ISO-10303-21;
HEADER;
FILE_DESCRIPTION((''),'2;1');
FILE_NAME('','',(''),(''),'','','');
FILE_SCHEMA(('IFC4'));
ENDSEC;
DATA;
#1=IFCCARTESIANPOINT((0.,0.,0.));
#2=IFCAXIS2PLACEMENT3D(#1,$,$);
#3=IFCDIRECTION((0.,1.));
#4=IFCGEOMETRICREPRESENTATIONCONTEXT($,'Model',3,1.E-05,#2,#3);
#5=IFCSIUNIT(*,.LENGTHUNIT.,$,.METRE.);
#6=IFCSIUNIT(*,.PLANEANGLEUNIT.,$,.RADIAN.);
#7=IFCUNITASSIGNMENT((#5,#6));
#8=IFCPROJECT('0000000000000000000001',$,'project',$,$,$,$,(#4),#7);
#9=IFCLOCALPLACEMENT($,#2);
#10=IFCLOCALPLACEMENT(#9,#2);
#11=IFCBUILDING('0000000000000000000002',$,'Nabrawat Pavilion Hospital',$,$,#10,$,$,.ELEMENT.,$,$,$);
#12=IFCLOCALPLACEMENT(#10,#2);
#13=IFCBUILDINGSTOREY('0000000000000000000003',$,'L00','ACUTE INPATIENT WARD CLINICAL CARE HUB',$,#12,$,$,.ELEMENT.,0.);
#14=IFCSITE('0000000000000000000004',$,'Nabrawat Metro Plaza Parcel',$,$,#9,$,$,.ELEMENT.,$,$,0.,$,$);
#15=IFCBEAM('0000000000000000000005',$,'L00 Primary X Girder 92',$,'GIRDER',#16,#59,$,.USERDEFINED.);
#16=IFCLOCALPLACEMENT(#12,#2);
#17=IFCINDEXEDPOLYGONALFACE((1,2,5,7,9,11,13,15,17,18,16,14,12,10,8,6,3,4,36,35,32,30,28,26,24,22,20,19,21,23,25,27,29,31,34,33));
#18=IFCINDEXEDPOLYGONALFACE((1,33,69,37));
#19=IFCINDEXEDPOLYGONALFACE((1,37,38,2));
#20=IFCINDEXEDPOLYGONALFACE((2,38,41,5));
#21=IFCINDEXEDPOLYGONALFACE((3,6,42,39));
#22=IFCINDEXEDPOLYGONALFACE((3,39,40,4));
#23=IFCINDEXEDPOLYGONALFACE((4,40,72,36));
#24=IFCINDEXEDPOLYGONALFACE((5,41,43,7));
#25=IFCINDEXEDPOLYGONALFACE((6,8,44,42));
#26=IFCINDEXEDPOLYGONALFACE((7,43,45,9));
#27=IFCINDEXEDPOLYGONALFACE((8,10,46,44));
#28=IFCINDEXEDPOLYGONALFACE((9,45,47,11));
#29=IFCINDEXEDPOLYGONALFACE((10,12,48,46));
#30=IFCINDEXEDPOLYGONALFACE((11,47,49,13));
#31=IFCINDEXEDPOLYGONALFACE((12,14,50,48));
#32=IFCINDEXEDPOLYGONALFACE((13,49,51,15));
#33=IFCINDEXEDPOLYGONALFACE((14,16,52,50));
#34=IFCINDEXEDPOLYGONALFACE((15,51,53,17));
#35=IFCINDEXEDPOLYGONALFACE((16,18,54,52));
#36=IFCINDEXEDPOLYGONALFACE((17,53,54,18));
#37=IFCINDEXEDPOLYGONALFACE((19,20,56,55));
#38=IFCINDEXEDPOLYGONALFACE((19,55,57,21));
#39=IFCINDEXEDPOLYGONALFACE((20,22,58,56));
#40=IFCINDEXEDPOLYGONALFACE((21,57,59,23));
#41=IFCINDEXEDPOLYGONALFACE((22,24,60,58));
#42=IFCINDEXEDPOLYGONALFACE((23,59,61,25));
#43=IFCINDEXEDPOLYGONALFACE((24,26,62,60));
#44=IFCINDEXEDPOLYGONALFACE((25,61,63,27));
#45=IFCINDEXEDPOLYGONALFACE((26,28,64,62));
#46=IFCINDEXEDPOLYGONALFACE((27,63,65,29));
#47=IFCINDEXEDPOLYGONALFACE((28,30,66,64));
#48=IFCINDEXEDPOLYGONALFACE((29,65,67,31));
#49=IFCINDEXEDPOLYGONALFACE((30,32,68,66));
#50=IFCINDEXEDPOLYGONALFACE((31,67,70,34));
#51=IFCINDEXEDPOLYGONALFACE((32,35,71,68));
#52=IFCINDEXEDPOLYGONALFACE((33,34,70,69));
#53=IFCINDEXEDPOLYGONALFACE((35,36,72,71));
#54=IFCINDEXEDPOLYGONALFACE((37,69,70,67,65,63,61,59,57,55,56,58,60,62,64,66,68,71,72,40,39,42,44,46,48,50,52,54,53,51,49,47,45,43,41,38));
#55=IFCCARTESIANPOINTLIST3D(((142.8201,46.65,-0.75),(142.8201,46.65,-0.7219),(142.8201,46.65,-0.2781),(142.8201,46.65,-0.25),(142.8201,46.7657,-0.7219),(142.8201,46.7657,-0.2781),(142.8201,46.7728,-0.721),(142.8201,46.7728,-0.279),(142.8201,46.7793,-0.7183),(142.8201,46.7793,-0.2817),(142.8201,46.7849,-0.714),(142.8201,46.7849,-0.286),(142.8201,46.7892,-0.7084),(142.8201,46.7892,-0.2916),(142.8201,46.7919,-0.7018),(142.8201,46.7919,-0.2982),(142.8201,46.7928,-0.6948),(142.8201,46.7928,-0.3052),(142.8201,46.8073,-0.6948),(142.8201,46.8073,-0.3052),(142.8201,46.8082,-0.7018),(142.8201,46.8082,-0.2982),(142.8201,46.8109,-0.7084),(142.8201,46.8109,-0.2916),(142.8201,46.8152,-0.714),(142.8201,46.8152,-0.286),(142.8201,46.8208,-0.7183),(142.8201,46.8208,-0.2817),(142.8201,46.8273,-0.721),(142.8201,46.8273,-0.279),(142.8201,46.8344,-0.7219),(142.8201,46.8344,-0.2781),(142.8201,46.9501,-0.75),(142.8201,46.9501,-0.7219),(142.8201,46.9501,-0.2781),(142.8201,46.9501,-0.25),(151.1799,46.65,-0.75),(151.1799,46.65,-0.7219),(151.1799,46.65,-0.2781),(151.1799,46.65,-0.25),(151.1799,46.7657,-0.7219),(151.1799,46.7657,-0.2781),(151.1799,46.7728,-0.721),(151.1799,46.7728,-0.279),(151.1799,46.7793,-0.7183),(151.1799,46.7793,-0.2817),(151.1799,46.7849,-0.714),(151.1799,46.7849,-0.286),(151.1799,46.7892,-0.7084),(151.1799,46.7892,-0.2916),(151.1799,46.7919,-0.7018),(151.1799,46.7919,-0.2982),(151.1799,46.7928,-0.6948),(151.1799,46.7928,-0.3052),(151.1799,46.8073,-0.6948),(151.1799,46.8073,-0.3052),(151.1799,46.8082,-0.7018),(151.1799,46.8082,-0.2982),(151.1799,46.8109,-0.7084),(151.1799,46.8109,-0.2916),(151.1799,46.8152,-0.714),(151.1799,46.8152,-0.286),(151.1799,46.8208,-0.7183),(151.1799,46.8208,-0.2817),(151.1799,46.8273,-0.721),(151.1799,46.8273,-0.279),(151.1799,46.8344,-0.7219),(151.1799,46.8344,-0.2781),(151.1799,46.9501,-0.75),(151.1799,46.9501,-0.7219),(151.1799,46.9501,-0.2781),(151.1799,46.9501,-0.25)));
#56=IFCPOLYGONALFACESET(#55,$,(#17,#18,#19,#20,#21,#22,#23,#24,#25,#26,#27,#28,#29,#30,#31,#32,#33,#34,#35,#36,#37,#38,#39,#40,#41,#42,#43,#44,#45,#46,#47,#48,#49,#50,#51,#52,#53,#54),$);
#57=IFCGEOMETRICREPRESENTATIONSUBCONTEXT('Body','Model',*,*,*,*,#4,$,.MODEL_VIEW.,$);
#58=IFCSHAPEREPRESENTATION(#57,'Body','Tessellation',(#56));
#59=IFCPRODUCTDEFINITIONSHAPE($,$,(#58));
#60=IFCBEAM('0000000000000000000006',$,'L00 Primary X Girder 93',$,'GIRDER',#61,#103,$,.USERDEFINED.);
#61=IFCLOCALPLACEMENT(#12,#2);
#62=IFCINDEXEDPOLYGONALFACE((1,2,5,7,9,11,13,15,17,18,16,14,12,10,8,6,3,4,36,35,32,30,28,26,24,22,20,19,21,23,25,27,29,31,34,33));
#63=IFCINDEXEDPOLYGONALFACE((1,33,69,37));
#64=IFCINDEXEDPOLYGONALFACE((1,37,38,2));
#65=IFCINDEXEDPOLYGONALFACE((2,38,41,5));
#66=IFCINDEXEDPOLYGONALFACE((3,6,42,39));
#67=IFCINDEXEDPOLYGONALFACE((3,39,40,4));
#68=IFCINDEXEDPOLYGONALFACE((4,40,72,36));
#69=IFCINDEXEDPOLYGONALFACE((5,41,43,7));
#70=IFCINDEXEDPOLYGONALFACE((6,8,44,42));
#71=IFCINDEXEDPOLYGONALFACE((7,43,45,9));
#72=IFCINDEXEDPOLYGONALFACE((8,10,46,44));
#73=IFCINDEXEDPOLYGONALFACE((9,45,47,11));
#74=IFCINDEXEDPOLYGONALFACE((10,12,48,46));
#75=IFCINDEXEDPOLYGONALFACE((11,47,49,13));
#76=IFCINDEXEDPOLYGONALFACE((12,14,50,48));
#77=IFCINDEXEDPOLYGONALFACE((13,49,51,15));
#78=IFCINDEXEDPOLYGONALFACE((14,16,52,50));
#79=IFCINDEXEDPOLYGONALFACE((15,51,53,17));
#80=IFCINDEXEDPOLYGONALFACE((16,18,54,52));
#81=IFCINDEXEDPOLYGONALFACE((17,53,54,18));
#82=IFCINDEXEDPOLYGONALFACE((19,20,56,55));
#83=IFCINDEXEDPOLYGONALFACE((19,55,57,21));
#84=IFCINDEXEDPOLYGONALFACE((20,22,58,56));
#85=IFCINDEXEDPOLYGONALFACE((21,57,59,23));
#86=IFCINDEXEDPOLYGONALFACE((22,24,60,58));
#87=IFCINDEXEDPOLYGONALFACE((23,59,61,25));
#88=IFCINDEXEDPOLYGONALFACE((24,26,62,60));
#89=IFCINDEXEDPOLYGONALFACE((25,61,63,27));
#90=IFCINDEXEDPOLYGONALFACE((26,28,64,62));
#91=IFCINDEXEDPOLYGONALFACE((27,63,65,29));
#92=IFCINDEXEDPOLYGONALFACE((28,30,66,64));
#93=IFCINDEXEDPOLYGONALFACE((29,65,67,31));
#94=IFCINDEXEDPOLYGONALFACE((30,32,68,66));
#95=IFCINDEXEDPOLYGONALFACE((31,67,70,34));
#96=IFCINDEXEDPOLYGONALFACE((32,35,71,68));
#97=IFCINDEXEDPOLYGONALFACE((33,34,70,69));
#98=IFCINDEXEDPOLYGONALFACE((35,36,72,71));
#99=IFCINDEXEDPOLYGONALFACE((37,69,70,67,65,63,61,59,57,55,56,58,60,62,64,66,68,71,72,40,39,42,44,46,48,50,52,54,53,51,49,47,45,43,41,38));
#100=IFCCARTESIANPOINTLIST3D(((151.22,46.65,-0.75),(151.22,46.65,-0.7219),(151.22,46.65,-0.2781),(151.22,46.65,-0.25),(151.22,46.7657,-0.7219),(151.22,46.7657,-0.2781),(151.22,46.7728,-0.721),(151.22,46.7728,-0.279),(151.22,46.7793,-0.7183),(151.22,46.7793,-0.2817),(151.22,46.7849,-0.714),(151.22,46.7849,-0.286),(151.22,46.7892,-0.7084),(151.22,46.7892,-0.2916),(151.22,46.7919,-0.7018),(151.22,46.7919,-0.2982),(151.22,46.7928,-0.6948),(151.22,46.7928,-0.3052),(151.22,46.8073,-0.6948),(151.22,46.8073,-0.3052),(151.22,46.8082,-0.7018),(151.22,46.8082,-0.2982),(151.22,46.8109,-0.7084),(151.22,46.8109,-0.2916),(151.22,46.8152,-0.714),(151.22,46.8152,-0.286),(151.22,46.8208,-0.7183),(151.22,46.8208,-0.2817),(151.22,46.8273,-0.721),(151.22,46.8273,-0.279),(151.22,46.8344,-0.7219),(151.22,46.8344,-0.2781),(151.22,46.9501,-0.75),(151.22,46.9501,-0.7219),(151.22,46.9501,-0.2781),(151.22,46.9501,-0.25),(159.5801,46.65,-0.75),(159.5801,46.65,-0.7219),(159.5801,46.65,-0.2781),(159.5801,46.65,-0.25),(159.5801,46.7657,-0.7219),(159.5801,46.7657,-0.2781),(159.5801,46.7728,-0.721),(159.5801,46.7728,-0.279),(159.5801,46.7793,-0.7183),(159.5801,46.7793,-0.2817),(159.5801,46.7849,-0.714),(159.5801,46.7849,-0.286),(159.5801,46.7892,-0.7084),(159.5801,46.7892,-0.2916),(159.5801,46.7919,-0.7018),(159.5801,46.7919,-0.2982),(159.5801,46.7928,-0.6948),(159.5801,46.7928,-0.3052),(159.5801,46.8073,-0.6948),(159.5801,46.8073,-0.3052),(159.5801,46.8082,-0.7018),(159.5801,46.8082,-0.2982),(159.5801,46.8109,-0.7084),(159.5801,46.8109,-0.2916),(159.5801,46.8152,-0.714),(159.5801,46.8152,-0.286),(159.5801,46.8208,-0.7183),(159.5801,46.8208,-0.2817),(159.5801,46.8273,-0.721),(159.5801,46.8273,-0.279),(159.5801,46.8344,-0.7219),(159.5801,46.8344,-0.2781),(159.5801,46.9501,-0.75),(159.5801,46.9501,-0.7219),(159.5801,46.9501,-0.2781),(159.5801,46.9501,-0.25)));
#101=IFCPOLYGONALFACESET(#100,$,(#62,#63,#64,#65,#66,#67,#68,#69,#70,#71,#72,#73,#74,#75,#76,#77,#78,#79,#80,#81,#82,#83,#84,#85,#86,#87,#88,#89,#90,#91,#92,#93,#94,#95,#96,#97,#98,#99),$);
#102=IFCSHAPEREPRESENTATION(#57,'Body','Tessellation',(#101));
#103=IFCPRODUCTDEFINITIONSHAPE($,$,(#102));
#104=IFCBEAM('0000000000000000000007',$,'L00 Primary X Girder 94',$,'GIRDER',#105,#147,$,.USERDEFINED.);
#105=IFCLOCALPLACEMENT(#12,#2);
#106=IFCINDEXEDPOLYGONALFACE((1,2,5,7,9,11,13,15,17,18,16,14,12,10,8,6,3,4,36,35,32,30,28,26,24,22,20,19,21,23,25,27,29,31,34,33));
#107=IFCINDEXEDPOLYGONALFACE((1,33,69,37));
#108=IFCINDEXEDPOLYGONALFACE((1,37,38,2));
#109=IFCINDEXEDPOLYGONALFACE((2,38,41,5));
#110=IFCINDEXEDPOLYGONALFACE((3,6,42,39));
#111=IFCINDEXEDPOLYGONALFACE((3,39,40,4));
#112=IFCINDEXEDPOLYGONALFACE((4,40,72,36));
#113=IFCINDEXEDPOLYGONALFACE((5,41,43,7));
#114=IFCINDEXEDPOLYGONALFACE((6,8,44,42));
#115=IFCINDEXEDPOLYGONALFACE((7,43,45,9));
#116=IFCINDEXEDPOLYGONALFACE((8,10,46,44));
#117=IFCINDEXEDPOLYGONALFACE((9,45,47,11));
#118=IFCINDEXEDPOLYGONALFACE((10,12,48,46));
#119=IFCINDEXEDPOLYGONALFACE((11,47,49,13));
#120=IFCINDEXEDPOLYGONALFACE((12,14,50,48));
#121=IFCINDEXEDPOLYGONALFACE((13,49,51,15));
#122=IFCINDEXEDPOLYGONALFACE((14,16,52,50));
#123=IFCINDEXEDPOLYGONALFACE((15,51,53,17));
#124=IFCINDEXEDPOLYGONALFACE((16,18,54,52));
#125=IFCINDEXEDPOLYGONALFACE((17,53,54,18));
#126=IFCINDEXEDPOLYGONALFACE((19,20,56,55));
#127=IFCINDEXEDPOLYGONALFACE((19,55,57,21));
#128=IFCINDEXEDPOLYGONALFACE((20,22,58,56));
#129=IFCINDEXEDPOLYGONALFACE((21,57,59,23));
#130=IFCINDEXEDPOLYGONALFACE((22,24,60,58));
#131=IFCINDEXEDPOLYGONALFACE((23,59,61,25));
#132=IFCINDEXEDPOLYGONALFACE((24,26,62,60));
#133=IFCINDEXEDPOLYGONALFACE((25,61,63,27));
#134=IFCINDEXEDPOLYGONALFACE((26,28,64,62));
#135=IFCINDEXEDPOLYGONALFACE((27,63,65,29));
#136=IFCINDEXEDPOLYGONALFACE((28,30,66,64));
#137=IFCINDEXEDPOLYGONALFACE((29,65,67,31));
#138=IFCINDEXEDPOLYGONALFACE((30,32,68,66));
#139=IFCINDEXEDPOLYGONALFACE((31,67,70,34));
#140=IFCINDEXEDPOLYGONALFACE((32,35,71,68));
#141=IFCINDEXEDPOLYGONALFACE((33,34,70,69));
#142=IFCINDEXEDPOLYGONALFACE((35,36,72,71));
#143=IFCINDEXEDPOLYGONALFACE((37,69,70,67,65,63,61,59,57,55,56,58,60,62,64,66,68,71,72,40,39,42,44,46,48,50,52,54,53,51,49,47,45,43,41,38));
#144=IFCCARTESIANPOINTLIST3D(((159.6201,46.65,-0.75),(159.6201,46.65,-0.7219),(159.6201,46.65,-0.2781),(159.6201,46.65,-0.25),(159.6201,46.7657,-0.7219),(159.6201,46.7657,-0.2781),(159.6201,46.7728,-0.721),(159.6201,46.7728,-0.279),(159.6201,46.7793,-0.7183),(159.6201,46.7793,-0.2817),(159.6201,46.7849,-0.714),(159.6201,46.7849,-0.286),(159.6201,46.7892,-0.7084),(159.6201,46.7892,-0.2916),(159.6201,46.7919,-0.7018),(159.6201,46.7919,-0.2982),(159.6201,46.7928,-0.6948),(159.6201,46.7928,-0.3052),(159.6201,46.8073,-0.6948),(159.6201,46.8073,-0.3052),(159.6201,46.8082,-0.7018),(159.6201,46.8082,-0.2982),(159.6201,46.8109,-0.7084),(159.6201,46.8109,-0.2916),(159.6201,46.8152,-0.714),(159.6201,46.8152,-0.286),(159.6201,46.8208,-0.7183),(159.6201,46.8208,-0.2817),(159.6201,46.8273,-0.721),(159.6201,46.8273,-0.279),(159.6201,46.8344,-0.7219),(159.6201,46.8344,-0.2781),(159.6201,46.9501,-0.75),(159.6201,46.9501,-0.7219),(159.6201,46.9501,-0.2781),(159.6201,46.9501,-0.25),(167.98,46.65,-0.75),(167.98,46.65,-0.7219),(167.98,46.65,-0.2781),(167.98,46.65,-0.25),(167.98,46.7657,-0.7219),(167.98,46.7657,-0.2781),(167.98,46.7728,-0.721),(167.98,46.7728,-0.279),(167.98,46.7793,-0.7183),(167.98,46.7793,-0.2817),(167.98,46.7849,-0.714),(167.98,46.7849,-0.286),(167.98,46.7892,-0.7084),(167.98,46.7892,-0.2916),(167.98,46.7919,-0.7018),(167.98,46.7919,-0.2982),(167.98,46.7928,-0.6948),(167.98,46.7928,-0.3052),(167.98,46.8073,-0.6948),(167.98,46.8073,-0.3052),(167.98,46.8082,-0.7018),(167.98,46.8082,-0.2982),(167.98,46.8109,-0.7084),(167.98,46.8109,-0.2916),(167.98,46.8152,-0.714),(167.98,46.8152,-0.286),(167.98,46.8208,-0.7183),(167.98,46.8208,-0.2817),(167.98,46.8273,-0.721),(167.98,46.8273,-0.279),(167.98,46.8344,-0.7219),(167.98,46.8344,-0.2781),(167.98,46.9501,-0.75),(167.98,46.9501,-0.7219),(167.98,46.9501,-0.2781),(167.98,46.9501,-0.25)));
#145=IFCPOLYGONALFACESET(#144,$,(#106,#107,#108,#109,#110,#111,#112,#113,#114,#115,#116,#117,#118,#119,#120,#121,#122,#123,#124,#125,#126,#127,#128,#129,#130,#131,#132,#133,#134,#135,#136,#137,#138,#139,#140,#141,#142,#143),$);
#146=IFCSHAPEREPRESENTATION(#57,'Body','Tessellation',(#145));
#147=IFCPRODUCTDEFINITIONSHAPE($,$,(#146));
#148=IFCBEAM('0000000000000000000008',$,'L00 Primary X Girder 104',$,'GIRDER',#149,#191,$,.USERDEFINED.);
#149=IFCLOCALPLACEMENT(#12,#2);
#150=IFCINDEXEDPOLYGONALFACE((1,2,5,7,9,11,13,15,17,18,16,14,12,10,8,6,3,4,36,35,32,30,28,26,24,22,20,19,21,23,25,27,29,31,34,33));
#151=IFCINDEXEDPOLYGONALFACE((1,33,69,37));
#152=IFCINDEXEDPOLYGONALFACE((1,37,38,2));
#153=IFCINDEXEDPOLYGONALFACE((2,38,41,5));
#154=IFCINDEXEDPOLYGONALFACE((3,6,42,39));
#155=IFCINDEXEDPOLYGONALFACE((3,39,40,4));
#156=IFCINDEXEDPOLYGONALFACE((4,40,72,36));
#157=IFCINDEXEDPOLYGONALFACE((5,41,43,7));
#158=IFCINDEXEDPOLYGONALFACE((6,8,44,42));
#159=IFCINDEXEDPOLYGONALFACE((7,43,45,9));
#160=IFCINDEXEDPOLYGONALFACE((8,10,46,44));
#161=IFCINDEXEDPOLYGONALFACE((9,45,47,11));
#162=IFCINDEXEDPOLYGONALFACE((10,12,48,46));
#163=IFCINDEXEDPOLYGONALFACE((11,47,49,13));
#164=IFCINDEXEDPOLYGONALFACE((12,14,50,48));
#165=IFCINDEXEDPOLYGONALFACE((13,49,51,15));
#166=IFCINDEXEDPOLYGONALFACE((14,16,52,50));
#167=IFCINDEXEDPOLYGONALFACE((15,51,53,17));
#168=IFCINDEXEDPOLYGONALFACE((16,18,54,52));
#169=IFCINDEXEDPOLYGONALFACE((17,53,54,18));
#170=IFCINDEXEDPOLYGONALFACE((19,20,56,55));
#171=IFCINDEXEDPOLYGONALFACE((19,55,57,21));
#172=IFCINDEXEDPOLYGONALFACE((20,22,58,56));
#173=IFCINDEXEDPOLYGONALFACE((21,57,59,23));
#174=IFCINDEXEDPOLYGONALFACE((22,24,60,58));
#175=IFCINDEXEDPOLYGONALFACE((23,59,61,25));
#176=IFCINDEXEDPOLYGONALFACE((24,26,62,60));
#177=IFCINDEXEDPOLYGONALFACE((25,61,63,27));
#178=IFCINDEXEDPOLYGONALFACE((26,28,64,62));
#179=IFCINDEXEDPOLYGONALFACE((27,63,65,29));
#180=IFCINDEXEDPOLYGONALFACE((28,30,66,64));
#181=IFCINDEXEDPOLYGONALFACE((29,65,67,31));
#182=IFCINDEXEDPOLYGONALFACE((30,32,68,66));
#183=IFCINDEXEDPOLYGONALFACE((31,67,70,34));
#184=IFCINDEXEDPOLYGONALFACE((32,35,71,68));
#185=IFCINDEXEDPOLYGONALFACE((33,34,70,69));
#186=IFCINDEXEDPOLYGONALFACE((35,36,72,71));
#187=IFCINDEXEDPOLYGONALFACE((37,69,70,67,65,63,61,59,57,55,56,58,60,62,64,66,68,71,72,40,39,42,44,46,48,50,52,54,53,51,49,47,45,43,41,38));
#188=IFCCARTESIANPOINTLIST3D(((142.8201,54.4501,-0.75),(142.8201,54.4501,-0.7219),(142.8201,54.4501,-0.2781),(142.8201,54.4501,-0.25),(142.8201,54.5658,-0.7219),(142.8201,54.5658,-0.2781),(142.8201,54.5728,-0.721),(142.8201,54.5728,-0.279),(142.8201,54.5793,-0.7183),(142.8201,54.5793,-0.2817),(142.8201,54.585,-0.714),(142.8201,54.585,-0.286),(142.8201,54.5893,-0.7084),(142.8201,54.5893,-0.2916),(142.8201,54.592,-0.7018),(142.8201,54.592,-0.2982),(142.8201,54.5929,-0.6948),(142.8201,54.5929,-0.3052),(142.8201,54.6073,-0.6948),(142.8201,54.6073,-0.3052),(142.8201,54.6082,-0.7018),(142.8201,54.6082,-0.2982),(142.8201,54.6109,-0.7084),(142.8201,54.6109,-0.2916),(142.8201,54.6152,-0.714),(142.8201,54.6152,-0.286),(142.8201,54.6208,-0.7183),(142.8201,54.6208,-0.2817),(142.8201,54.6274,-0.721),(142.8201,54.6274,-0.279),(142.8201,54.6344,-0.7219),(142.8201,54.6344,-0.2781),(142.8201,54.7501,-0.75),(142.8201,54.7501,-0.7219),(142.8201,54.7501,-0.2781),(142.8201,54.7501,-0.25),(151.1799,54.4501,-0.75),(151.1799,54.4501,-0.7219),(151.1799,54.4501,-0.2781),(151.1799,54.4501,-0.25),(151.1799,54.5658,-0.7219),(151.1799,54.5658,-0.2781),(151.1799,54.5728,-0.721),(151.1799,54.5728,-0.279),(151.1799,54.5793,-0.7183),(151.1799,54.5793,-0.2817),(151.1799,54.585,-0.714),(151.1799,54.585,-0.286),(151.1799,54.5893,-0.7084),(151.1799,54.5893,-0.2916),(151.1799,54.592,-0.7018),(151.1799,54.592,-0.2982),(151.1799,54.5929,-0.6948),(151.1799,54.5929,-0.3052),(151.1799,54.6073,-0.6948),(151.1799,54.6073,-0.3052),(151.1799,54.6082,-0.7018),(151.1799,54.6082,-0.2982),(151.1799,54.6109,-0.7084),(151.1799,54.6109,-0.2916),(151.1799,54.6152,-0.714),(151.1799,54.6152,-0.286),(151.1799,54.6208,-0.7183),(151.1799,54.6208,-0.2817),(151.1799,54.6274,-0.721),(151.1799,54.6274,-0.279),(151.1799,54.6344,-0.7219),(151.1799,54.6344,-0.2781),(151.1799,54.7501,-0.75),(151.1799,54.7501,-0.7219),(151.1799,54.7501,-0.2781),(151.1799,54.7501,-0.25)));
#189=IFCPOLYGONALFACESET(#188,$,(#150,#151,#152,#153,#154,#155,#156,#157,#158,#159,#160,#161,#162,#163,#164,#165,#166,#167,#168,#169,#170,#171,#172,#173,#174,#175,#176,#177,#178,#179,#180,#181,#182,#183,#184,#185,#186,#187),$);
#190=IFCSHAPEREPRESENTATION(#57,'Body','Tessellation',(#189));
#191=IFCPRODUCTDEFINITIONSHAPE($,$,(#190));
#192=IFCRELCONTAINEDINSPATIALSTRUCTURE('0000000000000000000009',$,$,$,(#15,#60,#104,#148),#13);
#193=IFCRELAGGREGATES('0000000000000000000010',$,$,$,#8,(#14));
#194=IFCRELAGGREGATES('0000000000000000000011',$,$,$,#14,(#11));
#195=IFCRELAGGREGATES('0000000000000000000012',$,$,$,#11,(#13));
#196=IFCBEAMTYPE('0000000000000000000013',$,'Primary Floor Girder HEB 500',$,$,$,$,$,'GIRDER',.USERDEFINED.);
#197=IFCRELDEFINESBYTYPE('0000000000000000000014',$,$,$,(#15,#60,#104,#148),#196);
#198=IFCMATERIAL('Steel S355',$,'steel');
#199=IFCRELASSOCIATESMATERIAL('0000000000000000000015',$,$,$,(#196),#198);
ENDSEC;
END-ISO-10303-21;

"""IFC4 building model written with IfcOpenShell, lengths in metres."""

from ifc_helpers import new_model, si_unit, direction, frame, origin, origin_2d, place, context, subcontext, project, spatial, i_section, extrude, material, material_profile, profile_set, type_object, element, save


model = new_model("IFC4")

# Units and contexts
model_context = context("Model", 3, precision=1e-05, world=origin(), true_north=direction((0.0, 1.0)))
body_context = subcontext(model_context, "Body", "Model", "MODEL_VIEW")
ifc_project = project(units=[si_unit("LENGTHUNIT", "METRE"), si_unit("PLANEANGLEUNIT", "RADIAN")], contexts=[model_context])

# Site, building, storey
site_placement = place(None, origin())
site = spatial("IfcSite", under=ifc_project, at=site_placement, Name="Nabrawat Metro Plaza Parcel", CompositionType="ELEMENT", RefElevation=0.0)
building_placement = place(site_placement, origin())
building = spatial("IfcBuilding", under=site, at=building_placement, Name="Nabrawat Pavilion Hospital", CompositionType="ELEMENT")
storey_placement = place(building_placement, origin())
storey = spatial("IfcBuildingStorey", under=building, at=storey_placement, Name="L00", Description="ACUTE INPATIENT WARD CLINICAL CARE HUB", CompositionType="ELEMENT", Elevation=0.0)

# Shared definitions
ifc_material_1 = material(Name="Steel S355", Category="steel")

# Beams
ifc_material_profile_1 = material_profile(ifc_material_1, i_section(OverallWidth=0.3, OverallDepth=0.5, WebThickness=0.0144, FlangeThickness=0.0281, FilletRadius=0.0271, at=origin_2d()), Name="HEB 500")
ifc_profile_set_1 = profile_set([ifc_material_profile_1], Name="Steel S355")
beam_type_1 = type_object("IfcBeamType", Name="Primary Floor Girder HEB 500", ElementType="GIRDER", PredefinedType="USERDEFINED", material=ifc_profile_set_1)
beam_1_placement = place(storey_placement, frame((142.8201, 46.8, -0.5), z_axis=(1.0, 0.0, 0.0), x_axis=(0.0, 1.0, 0.0)))
element("IfcBeam", 1, at=beam_1_placement, inside=storey, type_object=beam_type_1, Name="L00 Primary X Girder 92", ObjectType="GIRDER", PredefinedType="USERDEFINED", context=body_context, shape_type="SweptSolid", body=[
    extrude(i_section(OverallWidth=0.3, OverallDepth=0.5, WebThickness=0.0144, FlangeThickness=0.0281, FilletRadius=0.0271, at=origin_2d()), origin(), (0.0, 0.0, 1.0), 8.3599),
])
beam_2_placement = place(storey_placement, frame((151.22, 46.8, -0.5), z_axis=(1.0, 0.0, 0.0), x_axis=(0.0, 1.0, 0.0)))
element("IfcBeam", 2, at=beam_2_placement, inside=storey, type_object=beam_type_1, Name="L00 Primary X Girder 93", ObjectType="GIRDER", PredefinedType="USERDEFINED", context=body_context, shape_type="SweptSolid", body=[
    extrude(i_section(OverallWidth=0.3, OverallDepth=0.5, WebThickness=0.0144, FlangeThickness=0.0281, FilletRadius=0.0271, at=origin_2d()), origin(), (0.0, 0.0, 1.0), 8.3601),
])
for number, where, z_axis, x_axis, name in (
    (3, (159.6201, 46.8, -0.5), (1.0, 0.0, 0.0), (0.0, 1.0, 0.0), "L00 Primary X Girder 94"),
    (4, (142.8201, 54.6001, -0.5), (1.0, 0.0, 0.0), (0.0, 1.0, 0.0), "L00 Primary X Girder 104"),
):
    element("IfcBeam", number, at=place(storey_placement, frame(where, z_axis=z_axis, x_axis=x_axis)), inside=storey, type_object=beam_type_1, Name=name, ObjectType="GIRDER", PredefinedType="USERDEFINED", context=body_context, shape_type="SweptSolid", body=[
        extrude(i_section(OverallWidth=0.3, OverallDepth=0.5, WebThickness=0.0144, FlangeThickness=0.0281, FilletRadius=0.0271, at=origin_2d()), origin(), (0.0, 0.0, 1.0), 8.3599),
    ])

save(model, "model.ifc")
